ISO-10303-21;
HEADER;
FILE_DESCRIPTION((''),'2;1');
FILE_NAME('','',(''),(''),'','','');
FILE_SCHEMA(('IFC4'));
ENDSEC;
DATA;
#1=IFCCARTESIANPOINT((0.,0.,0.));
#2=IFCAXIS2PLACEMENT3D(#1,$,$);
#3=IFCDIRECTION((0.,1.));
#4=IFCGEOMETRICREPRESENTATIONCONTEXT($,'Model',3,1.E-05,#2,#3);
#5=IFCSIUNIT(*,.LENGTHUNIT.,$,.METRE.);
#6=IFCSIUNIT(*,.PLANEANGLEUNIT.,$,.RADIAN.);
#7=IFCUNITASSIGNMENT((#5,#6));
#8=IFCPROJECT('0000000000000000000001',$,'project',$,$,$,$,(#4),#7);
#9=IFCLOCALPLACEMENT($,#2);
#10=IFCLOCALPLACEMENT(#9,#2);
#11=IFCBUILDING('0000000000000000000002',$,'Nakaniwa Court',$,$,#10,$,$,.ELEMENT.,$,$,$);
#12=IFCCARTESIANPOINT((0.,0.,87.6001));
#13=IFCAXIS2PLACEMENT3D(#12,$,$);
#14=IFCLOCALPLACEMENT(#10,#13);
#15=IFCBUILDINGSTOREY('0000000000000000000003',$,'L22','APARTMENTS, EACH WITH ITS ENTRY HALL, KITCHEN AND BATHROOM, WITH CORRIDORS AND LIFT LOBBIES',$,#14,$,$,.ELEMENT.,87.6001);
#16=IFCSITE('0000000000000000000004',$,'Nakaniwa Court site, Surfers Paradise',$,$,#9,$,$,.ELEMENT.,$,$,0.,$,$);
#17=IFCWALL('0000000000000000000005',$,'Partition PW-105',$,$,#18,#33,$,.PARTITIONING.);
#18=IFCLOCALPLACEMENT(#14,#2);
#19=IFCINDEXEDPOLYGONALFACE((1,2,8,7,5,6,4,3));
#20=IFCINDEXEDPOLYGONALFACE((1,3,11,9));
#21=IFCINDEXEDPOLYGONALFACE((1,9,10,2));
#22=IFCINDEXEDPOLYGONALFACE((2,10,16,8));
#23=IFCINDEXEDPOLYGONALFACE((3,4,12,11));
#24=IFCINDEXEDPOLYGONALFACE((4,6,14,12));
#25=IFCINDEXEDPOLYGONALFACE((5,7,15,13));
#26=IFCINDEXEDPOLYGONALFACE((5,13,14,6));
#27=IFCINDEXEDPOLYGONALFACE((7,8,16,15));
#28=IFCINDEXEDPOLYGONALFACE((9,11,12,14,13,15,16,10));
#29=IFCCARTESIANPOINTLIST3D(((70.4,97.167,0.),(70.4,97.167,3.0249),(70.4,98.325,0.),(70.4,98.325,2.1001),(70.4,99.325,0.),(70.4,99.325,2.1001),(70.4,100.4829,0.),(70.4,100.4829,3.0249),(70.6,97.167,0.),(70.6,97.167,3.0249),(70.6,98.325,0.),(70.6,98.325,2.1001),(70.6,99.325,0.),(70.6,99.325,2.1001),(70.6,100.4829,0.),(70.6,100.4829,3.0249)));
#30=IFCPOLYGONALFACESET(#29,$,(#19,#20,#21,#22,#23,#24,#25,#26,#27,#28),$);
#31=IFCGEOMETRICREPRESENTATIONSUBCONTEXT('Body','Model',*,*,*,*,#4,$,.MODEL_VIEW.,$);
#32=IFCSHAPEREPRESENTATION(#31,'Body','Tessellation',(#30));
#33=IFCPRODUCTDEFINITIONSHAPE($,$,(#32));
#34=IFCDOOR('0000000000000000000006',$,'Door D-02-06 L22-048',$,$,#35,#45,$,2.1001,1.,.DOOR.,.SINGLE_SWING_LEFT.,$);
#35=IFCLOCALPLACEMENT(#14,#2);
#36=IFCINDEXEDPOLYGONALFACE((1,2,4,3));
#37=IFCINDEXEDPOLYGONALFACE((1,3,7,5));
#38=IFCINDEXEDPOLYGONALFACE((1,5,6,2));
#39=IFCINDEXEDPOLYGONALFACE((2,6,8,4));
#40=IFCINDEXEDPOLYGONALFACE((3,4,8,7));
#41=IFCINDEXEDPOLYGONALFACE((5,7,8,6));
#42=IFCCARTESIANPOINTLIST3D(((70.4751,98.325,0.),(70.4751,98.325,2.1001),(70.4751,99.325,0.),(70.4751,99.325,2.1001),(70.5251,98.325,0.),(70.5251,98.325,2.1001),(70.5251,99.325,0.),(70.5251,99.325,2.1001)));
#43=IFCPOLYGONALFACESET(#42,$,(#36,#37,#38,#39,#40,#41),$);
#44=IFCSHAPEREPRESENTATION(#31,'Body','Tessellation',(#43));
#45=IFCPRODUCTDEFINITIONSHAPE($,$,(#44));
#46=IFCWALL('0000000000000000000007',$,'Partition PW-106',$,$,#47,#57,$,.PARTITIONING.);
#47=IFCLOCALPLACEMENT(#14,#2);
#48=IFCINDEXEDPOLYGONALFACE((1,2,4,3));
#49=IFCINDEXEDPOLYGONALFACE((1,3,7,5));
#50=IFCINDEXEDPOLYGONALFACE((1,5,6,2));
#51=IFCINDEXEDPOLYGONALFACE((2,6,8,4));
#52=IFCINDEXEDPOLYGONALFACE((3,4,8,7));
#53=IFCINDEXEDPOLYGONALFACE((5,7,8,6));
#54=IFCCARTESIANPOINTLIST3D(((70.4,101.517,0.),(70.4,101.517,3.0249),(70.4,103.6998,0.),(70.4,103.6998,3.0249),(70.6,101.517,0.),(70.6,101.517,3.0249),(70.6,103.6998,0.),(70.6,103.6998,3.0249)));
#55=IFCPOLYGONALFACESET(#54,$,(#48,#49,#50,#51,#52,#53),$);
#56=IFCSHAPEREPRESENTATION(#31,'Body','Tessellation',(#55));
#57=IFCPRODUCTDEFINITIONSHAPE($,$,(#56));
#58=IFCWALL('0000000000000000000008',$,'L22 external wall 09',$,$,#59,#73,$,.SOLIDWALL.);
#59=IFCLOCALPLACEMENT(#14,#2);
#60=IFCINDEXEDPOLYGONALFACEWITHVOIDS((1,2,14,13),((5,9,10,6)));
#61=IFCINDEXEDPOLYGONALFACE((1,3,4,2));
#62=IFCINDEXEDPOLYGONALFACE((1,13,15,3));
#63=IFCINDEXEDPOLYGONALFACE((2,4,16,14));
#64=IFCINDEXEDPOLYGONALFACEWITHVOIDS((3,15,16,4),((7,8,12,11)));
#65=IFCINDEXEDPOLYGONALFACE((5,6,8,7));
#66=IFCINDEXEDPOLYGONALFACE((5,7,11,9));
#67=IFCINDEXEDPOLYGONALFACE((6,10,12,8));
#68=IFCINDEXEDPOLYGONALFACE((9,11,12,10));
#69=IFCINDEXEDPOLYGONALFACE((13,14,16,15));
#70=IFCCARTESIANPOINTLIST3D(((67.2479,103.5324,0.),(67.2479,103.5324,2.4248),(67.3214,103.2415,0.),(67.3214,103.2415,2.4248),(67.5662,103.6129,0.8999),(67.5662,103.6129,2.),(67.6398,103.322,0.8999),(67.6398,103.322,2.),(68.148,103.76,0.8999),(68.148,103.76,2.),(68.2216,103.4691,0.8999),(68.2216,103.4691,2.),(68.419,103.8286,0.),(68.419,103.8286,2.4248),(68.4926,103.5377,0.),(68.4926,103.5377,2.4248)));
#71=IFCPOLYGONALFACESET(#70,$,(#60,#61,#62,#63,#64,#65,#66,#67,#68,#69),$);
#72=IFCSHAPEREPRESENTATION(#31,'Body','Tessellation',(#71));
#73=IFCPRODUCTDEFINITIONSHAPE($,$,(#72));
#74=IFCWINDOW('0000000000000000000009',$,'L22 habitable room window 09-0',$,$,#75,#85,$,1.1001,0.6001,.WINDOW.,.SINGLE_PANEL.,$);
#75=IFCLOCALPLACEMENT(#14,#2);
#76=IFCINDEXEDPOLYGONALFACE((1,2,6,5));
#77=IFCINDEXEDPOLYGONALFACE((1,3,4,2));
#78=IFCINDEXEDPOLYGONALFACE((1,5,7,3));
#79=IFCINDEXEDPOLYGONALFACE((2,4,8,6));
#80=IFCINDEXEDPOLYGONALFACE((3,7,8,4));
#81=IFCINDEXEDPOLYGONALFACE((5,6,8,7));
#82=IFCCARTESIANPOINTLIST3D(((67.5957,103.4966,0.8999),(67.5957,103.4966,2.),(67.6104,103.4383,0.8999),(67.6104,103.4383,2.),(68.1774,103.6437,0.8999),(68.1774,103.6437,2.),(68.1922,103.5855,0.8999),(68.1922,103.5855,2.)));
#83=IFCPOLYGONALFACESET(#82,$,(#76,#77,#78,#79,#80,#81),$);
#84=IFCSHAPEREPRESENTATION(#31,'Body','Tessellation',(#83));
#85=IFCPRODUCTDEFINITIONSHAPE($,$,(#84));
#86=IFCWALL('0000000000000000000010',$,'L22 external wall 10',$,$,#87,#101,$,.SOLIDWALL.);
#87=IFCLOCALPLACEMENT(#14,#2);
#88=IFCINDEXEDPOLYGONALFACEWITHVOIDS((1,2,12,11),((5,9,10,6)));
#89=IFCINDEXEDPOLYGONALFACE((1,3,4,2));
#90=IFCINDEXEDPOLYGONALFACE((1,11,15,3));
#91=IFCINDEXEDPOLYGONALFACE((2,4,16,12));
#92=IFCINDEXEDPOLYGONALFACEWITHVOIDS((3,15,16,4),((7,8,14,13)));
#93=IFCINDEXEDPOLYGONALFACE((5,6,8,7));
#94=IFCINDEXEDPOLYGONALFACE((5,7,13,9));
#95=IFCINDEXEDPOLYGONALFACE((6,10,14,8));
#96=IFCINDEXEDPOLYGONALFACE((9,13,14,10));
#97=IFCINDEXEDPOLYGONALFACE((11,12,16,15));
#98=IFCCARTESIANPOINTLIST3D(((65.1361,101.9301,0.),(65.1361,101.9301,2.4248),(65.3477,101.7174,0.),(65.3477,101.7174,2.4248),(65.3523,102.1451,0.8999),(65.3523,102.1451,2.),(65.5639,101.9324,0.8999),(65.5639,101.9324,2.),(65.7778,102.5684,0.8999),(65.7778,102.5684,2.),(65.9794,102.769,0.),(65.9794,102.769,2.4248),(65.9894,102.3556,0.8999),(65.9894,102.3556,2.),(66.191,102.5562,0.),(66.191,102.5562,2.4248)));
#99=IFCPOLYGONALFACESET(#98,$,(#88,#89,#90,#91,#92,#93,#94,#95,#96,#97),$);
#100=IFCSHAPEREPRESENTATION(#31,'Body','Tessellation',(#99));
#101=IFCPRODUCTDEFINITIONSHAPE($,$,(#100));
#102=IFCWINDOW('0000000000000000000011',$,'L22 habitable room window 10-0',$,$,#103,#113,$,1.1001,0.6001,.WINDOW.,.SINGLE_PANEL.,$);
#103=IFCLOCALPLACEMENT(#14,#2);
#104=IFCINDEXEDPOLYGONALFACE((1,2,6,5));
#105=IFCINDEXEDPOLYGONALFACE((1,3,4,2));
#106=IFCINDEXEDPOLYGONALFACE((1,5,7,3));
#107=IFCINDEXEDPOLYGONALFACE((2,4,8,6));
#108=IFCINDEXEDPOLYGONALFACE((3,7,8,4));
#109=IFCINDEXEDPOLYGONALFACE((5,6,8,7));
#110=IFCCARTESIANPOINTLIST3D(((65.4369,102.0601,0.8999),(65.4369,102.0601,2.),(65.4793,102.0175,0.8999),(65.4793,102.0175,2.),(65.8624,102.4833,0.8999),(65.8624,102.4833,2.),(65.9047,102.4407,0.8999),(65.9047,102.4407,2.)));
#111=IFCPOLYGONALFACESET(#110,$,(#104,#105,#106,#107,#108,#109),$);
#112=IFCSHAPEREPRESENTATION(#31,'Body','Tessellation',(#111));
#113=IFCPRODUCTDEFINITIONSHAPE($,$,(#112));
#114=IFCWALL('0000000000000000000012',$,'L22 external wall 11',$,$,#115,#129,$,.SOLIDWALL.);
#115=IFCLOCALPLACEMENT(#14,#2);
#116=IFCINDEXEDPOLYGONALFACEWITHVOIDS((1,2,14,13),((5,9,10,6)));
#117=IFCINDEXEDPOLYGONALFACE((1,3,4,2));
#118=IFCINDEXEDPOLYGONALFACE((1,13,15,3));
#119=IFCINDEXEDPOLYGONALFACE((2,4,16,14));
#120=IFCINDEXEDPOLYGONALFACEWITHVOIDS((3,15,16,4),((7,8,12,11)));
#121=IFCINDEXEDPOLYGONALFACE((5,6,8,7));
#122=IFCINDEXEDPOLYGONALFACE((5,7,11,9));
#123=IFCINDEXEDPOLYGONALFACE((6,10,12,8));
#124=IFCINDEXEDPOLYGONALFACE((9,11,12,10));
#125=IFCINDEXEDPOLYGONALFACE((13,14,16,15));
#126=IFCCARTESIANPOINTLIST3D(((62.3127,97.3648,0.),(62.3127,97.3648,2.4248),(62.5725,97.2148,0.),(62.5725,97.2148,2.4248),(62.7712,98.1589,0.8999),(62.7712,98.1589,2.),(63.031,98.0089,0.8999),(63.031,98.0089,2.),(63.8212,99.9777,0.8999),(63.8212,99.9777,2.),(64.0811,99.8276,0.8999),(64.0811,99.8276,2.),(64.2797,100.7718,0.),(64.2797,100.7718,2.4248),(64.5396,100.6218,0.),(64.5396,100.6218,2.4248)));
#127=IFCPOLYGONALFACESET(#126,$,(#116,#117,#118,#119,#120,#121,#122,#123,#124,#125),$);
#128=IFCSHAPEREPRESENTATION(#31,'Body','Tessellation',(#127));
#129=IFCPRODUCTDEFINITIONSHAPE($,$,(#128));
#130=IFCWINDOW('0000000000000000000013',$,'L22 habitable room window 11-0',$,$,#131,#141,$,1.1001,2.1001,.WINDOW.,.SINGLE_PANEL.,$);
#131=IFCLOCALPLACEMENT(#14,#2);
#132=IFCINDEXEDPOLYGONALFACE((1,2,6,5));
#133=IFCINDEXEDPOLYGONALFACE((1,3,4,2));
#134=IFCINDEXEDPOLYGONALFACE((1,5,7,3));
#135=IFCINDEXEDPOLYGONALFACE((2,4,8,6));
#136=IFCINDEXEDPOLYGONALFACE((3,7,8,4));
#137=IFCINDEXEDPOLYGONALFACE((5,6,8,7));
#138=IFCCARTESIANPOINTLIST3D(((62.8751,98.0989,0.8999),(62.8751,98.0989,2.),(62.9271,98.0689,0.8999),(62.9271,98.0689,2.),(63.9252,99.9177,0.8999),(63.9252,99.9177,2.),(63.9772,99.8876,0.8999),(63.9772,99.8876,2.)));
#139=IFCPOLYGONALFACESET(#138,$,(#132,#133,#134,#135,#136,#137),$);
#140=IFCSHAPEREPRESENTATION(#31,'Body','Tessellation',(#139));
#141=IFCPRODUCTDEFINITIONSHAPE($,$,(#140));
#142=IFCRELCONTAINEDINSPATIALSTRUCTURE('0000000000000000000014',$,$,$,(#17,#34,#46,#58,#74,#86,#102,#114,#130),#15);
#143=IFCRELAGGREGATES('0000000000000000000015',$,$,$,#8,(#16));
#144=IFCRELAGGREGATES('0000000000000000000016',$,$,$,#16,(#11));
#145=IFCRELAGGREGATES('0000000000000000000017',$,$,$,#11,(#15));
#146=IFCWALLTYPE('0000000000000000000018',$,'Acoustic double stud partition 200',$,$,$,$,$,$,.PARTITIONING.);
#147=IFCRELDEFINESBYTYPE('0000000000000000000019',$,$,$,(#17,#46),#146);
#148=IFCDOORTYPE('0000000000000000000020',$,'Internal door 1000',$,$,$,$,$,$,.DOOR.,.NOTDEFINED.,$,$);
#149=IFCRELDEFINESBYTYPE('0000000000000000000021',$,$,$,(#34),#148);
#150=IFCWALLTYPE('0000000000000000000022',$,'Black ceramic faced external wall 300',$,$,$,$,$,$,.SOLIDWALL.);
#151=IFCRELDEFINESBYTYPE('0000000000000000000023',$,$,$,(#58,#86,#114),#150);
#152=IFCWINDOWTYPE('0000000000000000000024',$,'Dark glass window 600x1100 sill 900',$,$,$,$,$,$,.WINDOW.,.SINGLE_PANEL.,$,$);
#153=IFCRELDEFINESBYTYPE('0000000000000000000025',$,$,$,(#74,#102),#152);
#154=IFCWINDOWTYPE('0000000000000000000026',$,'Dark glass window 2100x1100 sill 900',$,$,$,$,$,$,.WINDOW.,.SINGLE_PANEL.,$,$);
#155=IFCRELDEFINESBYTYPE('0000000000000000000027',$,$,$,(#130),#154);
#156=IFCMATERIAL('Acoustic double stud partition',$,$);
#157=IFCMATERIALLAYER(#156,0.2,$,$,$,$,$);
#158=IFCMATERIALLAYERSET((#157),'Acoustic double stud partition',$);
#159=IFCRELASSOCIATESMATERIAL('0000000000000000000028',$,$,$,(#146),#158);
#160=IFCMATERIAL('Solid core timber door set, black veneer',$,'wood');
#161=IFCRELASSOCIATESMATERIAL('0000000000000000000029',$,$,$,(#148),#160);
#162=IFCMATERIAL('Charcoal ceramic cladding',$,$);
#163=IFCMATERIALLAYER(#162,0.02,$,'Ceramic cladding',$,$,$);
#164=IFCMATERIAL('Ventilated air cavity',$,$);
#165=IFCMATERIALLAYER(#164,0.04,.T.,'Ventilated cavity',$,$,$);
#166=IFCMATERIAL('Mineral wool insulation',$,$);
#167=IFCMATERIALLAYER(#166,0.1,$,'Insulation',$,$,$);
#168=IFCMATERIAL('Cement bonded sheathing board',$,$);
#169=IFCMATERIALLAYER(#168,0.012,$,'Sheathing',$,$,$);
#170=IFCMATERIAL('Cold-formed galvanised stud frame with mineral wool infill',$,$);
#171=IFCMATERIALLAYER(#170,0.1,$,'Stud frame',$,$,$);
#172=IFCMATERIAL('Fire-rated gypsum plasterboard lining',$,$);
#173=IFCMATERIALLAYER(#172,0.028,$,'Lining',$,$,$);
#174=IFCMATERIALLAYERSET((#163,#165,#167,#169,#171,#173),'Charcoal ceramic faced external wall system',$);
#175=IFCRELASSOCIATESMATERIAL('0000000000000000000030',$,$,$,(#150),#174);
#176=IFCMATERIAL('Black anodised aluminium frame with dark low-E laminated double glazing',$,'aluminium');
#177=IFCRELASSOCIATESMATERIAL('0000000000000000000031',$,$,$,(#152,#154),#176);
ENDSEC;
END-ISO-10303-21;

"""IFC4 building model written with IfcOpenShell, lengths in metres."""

from ifc_helpers import new_model, si_unit, direction, frame, frame_2d, origin, place, context, subcontext, project, spatial, rectangle, extrude, material, layer, layer_set, type_object, element, fill, save


model = new_model("IFC4")

# Units and contexts
model_context = context("Model", 3, precision=1e-05, world=origin(), true_north=direction((0.0, 1.0)))
body_context = subcontext(model_context, "Body", "Model", "MODEL_VIEW")
ifc_project = project(units=[si_unit("LENGTHUNIT", "METRE"), si_unit("PLANEANGLEUNIT", "RADIAN")], contexts=[model_context])

# Site, building, storey
site_placement = place(None, origin())
site = spatial("IfcSite", under=ifc_project, at=site_placement, Name="Nakaniwa Court site, Surfers Paradise", CompositionType="ELEMENT", RefElevation=0.0)
building_placement = place(site_placement, origin())
building = spatial("IfcBuilding", under=site, at=building_placement, Name="Nakaniwa Court", CompositionType="ELEMENT")
storey_placement = place(building_placement, frame((0.0, 0.0, 87.6001)))
storey = spatial("IfcBuildingStorey", under=building, at=storey_placement, Name="L22", Description="APARTMENTS, EACH WITH ITS ENTRY HALL, KITCHEN AND BATHROOM, WITH CORRIDORS AND LIFT LOBBIES", CompositionType="ELEMENT", Elevation=87.6001)

# Shared definitions
ifc_material_1 = material(Name="Acoustic double stud partition")
ifc_layer_1 = layer(ifc_material_1, 0.2)
ifc_layer_set_1 = layer_set([ifc_layer_1], Name="Acoustic double stud partition")
wall_type_1 = type_object("IfcWallType", Name="Acoustic double stud partition 200", PredefinedType="PARTITIONING", material=ifc_layer_set_1)

# Wall, opening, door
wall_1_placement = place(storey_placement, frame((70.5, 97.167, 0.0), z_axis=(0.0, 0.0, 1.0), x_axis=(0.0, 1.0, 0.0)))
wall_1 = element("IfcWall", 1, at=wall_1_placement, inside=storey, type_object=wall_type_1, Name="Partition PW-105", PredefinedType="PARTITIONING", context=body_context, shape_type="SweptSolid", body=[
    extrude(rectangle(XDim=3.3159, YDim=0.2, at=frame_2d((1.658, 0.0))), origin(), (0.0, 0.0, 1.0), 3.0249),
])
opening_1_placement = place(wall_1_placement, frame((1.158, 0.0, 0.0)))
opening_1 = element("IfcOpeningElement", 2, at=opening_1_placement, cuts=wall_1, PredefinedType="OPENING", context=body_context, shape_type="SweptSolid", body=[
    extrude(rectangle(XDim=1.0, YDim=2.1001, at=frame_2d((0.5, 1.05))), frame((0.0, 0.1099, 0.0), z_axis=(0.0, -1.0, 0.0), x_axis=(1.0, 0.0, 0.0)), (0.0, 0.0, 1.0), 0.22),
])
ifc_material_2 = material(Name="Solid core timber door set, black veneer", Category="wood")
door_type_1 = type_object("IfcDoorType", Name="Internal door 1000", OperationType="NOTDEFINED", PredefinedType="DOOR", material=ifc_material_2)
door_1_placement = place(opening_1_placement, origin())
door_1 = element("IfcDoor", 3, at=door_1_placement, inside=storey, type_object=door_type_1, Name="Door D-02-06 L22-048", OperationType="SINGLE_SWING_LEFT", OverallHeight=2.1001, OverallWidth=1.0, PredefinedType="DOOR", context=body_context, shape_type="SweptSolid", body=[
    extrude(rectangle(XDim=1.0, YDim=2.1001, at=frame_2d((0.5, 1.05))), frame((0.0, 0.0249, 0.0), z_axis=(0.0, -1.0, 0.0), x_axis=(1.0, 0.0, 0.0)), (0.0, 0.0, 1.0), 0.05),
])
fill(opening_1, door_1)

# Wall
wall_2_placement = place(storey_placement, frame((70.5, 101.5171, 0.0), z_axis=(0.0, 0.0, 1.0), x_axis=(0.0, 1.0, 0.0)))
element("IfcWall", 4, at=wall_2_placement, inside=storey, type_object=wall_type_1, Name="Partition PW-106", PredefinedType="PARTITIONING", context=body_context, shape_type="SweptSolid", body=[
    extrude(rectangle(XDim=2.1829, YDim=0.2, at=frame_2d((1.0913, 0.0))), origin(), (0.0, 0.0, 1.0), 3.0249),
])

# Walls, openings, windows
ifc_material_3 = material(Name="Charcoal ceramic cladding")
ifc_layer_2 = layer(ifc_material_3, 0.02, Name="Ceramic cladding")
ifc_material_4 = material(Name="Ventilated air cavity")
ifc_layer_3 = layer(ifc_material_4, 0.04, ventilated=True, Name="Ventilated cavity")
ifc_material_5 = material(Name="Mineral wool insulation")
ifc_layer_4 = layer(ifc_material_5, 0.1, Name="Insulation")
ifc_material_6 = material(Name="Cement bonded sheathing board")
ifc_layer_5 = layer(ifc_material_6, 0.012, Name="Sheathing")
ifc_material_7 = material(Name="Cold-formed galvanised stud frame with mineral wool infill")
ifc_layer_6 = layer(ifc_material_7, 0.1, Name="Stud frame")
ifc_material_8 = material(Name="Fire-rated gypsum plasterboard lining")
ifc_layer_7 = layer(ifc_material_8, 0.028, Name="Lining")
ifc_layer_set_2 = layer_set([ifc_layer_2, ifc_layer_3, ifc_layer_4, ifc_layer_5, ifc_layer_6, ifc_layer_7], Name="Charcoal ceramic faced external wall system")
wall_type_2 = type_object("IfcWallType", Name="Black ceramic faced external wall 300", PredefinedType="SOLIDWALL", material=ifc_layer_set_2)
wall_3_placement = place(storey_placement, frame((68.4558, 103.6831, 0.0), z_axis=(0.0, 0.0, 1.0), x_axis=(-0.969485, -0.24515, 0.0)))
wall_3 = element("IfcWall", 5, at=wall_3_placement, inside=storey, type_object=wall_type_2, Name="L22 external wall 09", PredefinedType="SOLIDWALL", context=body_context, shape_type="SweptSolid", body=[
    extrude(rectangle(XDim=1.208, YDim=0.3, at=frame_2d((0.604, 0.0))), origin(), (0.0, 0.0, 1.0), 2.4248),
])
opening_2_placement = place(wall_3_placement, frame((0.2795, 0.0, 0.8999)))
opening_2 = element("IfcOpeningElement", 6, at=opening_2_placement, cuts=wall_3, PredefinedType="OPENING", context=body_context, shape_type="SweptSolid", body=[
    extrude(rectangle(XDim=0.6001, YDim=1.1001, at=frame_2d((0.3, 0.55))), frame((0.0, 0.1599, 0.0), z_axis=(0.0, -1.0, 0.0), x_axis=(1.0, 0.0, 0.0)), (0.0, 0.0, 1.0), 0.3201),
])
ifc_material_9 = material(Name="Black anodised aluminium frame with dark low-E laminated double glazing", Category="aluminium")
window_type_1 = type_object("IfcWindowType", Name="Dark glass window 600x1100 sill 900", PartitioningType="SINGLE_PANEL", PredefinedType="WINDOW", material=ifc_material_9)
window_1_placement = place(opening_2_placement, origin())
window_1 = element("IfcWindow", 7, at=window_1_placement, inside=storey, type_object=window_type_1, Name="L22 habitable room window 09-0", OverallHeight=1.1001, OverallWidth=0.6001, PartitioningType="SINGLE_PANEL", PredefinedType="WINDOW", context=body_context, shape_type="SweptSolid", body=[
    extrude(rectangle(XDim=0.6001, YDim=1.1001, at=frame_2d((0.3, 0.55))), frame((0.0, 0.03, 0.0), z_axis=(0.0, -1.0, 0.0), x_axis=(1.0, 0.0, 0.0)), (0.0, 0.0, 1.0), 0.0601),
])
fill(opening_2, window_1)
wall_4_placement = place(storey_placement, frame((66.0852, 102.6626, 0.0), z_axis=(0.0, 0.0, 1.0), x_axis=(-0.708952, -0.705257, 0.0)))
wall_4 = element("IfcWall", 8, at=wall_4_placement, inside=storey, type_object=wall_type_2, Name="L22 external wall 10", PredefinedType="SOLIDWALL", context=body_context, shape_type="SweptSolid", body=[
    extrude(rectangle(XDim=1.1895, YDim=0.3, at=frame_2d((0.5947, 0.0))), origin(), (0.0, 0.0, 1.0), 2.4248),
])
opening_3_placement = place(wall_4_placement, frame((0.2844, 0.0, 0.8999)))
opening_3 = element("IfcOpeningElement", 9, at=opening_3_placement, cuts=wall_4, PredefinedType="OPENING", context=body_context, shape_type="SweptSolid", body=[
    extrude(rectangle(XDim=0.6001, YDim=1.1001, at=frame_2d((0.3, 0.55))), frame((0.0, 0.1599, 0.0), z_axis=(0.0, -1.0, 0.0), x_axis=(1.0, 0.0, 0.0)), (0.0, 0.0, 1.0), 0.3201),
])
window_2_placement = place(opening_3_placement, origin())
window_2 = element("IfcWindow", 10, at=window_2_placement, inside=storey, type_object=window_type_1, Name="L22 habitable room window 10-0", OverallHeight=1.1001, OverallWidth=0.6001, PartitioningType="SINGLE_PANEL", PredefinedType="WINDOW", context=body_context, shape_type="SweptSolid", body=[
    extrude(rectangle(XDim=0.6001, YDim=1.1001, at=frame_2d((0.3, 0.55))), frame((0.0, 0.03, 0.0), z_axis=(0.0, -1.0, 0.0), x_axis=(1.0, 0.0, 0.0)), (0.0, 0.0, 1.0), 0.0601),
])
fill(opening_3, window_2)
wall_5_placement = place(storey_placement, frame((64.4097, 100.6968, 0.0), z_axis=(0.0, 0.0, 1.0), x_axis=(-0.500004, -0.866023, 0.0)))
wall_5 = element("IfcWall", 11, at=wall_5_placement, inside=storey, type_object=wall_type_2, Name="L22 external wall 11", PredefinedType="SOLIDWALL", context=body_context, shape_type="SweptSolid", body=[
    extrude(rectangle(XDim=3.9341, YDim=0.3, at=frame_2d((1.967, 0.0))), origin(), (0.0, 0.0, 1.0), 2.4248),
])
opening_4_placement = place(wall_5_placement, frame((0.917, 0.0, 0.8999)))
opening_4 = element("IfcOpeningElement", 12, at=opening_4_placement, cuts=wall_5, PredefinedType="OPENING", context=body_context, shape_type="SweptSolid", body=[
    extrude(rectangle(XDim=2.1001, YDim=1.1001, at=frame_2d((1.05, 0.55))), frame((0.0, 0.1599, 0.0), z_axis=(0.0, -1.0, 0.0), x_axis=(1.0, 0.0, 0.0)), (0.0, 0.0, 1.0), 0.3201),
])
window_type_2 = type_object("IfcWindowType", Name="Dark glass window 2100x1100 sill 900", PartitioningType="SINGLE_PANEL", PredefinedType="WINDOW", material=ifc_material_9)
window_3_placement = place(opening_4_placement, origin())
window_3 = element("IfcWindow", 13, at=window_3_placement, inside=storey, type_object=window_type_2, Name="L22 habitable room window 11-0", OverallHeight=1.1001, OverallWidth=2.1001, PartitioningType="SINGLE_PANEL", PredefinedType="WINDOW", context=body_context, shape_type="SweptSolid", body=[
    extrude(rectangle(XDim=2.1001, YDim=1.1001, at=frame_2d((1.05, 0.55))), frame((0.0, 0.03, 0.0), z_axis=(0.0, -1.0, 0.0), x_axis=(1.0, 0.0, 0.0)), (0.0, 0.0, 1.0), 0.0601),
])
fill(opening_4, window_3)

save(model, "model.ifc")
